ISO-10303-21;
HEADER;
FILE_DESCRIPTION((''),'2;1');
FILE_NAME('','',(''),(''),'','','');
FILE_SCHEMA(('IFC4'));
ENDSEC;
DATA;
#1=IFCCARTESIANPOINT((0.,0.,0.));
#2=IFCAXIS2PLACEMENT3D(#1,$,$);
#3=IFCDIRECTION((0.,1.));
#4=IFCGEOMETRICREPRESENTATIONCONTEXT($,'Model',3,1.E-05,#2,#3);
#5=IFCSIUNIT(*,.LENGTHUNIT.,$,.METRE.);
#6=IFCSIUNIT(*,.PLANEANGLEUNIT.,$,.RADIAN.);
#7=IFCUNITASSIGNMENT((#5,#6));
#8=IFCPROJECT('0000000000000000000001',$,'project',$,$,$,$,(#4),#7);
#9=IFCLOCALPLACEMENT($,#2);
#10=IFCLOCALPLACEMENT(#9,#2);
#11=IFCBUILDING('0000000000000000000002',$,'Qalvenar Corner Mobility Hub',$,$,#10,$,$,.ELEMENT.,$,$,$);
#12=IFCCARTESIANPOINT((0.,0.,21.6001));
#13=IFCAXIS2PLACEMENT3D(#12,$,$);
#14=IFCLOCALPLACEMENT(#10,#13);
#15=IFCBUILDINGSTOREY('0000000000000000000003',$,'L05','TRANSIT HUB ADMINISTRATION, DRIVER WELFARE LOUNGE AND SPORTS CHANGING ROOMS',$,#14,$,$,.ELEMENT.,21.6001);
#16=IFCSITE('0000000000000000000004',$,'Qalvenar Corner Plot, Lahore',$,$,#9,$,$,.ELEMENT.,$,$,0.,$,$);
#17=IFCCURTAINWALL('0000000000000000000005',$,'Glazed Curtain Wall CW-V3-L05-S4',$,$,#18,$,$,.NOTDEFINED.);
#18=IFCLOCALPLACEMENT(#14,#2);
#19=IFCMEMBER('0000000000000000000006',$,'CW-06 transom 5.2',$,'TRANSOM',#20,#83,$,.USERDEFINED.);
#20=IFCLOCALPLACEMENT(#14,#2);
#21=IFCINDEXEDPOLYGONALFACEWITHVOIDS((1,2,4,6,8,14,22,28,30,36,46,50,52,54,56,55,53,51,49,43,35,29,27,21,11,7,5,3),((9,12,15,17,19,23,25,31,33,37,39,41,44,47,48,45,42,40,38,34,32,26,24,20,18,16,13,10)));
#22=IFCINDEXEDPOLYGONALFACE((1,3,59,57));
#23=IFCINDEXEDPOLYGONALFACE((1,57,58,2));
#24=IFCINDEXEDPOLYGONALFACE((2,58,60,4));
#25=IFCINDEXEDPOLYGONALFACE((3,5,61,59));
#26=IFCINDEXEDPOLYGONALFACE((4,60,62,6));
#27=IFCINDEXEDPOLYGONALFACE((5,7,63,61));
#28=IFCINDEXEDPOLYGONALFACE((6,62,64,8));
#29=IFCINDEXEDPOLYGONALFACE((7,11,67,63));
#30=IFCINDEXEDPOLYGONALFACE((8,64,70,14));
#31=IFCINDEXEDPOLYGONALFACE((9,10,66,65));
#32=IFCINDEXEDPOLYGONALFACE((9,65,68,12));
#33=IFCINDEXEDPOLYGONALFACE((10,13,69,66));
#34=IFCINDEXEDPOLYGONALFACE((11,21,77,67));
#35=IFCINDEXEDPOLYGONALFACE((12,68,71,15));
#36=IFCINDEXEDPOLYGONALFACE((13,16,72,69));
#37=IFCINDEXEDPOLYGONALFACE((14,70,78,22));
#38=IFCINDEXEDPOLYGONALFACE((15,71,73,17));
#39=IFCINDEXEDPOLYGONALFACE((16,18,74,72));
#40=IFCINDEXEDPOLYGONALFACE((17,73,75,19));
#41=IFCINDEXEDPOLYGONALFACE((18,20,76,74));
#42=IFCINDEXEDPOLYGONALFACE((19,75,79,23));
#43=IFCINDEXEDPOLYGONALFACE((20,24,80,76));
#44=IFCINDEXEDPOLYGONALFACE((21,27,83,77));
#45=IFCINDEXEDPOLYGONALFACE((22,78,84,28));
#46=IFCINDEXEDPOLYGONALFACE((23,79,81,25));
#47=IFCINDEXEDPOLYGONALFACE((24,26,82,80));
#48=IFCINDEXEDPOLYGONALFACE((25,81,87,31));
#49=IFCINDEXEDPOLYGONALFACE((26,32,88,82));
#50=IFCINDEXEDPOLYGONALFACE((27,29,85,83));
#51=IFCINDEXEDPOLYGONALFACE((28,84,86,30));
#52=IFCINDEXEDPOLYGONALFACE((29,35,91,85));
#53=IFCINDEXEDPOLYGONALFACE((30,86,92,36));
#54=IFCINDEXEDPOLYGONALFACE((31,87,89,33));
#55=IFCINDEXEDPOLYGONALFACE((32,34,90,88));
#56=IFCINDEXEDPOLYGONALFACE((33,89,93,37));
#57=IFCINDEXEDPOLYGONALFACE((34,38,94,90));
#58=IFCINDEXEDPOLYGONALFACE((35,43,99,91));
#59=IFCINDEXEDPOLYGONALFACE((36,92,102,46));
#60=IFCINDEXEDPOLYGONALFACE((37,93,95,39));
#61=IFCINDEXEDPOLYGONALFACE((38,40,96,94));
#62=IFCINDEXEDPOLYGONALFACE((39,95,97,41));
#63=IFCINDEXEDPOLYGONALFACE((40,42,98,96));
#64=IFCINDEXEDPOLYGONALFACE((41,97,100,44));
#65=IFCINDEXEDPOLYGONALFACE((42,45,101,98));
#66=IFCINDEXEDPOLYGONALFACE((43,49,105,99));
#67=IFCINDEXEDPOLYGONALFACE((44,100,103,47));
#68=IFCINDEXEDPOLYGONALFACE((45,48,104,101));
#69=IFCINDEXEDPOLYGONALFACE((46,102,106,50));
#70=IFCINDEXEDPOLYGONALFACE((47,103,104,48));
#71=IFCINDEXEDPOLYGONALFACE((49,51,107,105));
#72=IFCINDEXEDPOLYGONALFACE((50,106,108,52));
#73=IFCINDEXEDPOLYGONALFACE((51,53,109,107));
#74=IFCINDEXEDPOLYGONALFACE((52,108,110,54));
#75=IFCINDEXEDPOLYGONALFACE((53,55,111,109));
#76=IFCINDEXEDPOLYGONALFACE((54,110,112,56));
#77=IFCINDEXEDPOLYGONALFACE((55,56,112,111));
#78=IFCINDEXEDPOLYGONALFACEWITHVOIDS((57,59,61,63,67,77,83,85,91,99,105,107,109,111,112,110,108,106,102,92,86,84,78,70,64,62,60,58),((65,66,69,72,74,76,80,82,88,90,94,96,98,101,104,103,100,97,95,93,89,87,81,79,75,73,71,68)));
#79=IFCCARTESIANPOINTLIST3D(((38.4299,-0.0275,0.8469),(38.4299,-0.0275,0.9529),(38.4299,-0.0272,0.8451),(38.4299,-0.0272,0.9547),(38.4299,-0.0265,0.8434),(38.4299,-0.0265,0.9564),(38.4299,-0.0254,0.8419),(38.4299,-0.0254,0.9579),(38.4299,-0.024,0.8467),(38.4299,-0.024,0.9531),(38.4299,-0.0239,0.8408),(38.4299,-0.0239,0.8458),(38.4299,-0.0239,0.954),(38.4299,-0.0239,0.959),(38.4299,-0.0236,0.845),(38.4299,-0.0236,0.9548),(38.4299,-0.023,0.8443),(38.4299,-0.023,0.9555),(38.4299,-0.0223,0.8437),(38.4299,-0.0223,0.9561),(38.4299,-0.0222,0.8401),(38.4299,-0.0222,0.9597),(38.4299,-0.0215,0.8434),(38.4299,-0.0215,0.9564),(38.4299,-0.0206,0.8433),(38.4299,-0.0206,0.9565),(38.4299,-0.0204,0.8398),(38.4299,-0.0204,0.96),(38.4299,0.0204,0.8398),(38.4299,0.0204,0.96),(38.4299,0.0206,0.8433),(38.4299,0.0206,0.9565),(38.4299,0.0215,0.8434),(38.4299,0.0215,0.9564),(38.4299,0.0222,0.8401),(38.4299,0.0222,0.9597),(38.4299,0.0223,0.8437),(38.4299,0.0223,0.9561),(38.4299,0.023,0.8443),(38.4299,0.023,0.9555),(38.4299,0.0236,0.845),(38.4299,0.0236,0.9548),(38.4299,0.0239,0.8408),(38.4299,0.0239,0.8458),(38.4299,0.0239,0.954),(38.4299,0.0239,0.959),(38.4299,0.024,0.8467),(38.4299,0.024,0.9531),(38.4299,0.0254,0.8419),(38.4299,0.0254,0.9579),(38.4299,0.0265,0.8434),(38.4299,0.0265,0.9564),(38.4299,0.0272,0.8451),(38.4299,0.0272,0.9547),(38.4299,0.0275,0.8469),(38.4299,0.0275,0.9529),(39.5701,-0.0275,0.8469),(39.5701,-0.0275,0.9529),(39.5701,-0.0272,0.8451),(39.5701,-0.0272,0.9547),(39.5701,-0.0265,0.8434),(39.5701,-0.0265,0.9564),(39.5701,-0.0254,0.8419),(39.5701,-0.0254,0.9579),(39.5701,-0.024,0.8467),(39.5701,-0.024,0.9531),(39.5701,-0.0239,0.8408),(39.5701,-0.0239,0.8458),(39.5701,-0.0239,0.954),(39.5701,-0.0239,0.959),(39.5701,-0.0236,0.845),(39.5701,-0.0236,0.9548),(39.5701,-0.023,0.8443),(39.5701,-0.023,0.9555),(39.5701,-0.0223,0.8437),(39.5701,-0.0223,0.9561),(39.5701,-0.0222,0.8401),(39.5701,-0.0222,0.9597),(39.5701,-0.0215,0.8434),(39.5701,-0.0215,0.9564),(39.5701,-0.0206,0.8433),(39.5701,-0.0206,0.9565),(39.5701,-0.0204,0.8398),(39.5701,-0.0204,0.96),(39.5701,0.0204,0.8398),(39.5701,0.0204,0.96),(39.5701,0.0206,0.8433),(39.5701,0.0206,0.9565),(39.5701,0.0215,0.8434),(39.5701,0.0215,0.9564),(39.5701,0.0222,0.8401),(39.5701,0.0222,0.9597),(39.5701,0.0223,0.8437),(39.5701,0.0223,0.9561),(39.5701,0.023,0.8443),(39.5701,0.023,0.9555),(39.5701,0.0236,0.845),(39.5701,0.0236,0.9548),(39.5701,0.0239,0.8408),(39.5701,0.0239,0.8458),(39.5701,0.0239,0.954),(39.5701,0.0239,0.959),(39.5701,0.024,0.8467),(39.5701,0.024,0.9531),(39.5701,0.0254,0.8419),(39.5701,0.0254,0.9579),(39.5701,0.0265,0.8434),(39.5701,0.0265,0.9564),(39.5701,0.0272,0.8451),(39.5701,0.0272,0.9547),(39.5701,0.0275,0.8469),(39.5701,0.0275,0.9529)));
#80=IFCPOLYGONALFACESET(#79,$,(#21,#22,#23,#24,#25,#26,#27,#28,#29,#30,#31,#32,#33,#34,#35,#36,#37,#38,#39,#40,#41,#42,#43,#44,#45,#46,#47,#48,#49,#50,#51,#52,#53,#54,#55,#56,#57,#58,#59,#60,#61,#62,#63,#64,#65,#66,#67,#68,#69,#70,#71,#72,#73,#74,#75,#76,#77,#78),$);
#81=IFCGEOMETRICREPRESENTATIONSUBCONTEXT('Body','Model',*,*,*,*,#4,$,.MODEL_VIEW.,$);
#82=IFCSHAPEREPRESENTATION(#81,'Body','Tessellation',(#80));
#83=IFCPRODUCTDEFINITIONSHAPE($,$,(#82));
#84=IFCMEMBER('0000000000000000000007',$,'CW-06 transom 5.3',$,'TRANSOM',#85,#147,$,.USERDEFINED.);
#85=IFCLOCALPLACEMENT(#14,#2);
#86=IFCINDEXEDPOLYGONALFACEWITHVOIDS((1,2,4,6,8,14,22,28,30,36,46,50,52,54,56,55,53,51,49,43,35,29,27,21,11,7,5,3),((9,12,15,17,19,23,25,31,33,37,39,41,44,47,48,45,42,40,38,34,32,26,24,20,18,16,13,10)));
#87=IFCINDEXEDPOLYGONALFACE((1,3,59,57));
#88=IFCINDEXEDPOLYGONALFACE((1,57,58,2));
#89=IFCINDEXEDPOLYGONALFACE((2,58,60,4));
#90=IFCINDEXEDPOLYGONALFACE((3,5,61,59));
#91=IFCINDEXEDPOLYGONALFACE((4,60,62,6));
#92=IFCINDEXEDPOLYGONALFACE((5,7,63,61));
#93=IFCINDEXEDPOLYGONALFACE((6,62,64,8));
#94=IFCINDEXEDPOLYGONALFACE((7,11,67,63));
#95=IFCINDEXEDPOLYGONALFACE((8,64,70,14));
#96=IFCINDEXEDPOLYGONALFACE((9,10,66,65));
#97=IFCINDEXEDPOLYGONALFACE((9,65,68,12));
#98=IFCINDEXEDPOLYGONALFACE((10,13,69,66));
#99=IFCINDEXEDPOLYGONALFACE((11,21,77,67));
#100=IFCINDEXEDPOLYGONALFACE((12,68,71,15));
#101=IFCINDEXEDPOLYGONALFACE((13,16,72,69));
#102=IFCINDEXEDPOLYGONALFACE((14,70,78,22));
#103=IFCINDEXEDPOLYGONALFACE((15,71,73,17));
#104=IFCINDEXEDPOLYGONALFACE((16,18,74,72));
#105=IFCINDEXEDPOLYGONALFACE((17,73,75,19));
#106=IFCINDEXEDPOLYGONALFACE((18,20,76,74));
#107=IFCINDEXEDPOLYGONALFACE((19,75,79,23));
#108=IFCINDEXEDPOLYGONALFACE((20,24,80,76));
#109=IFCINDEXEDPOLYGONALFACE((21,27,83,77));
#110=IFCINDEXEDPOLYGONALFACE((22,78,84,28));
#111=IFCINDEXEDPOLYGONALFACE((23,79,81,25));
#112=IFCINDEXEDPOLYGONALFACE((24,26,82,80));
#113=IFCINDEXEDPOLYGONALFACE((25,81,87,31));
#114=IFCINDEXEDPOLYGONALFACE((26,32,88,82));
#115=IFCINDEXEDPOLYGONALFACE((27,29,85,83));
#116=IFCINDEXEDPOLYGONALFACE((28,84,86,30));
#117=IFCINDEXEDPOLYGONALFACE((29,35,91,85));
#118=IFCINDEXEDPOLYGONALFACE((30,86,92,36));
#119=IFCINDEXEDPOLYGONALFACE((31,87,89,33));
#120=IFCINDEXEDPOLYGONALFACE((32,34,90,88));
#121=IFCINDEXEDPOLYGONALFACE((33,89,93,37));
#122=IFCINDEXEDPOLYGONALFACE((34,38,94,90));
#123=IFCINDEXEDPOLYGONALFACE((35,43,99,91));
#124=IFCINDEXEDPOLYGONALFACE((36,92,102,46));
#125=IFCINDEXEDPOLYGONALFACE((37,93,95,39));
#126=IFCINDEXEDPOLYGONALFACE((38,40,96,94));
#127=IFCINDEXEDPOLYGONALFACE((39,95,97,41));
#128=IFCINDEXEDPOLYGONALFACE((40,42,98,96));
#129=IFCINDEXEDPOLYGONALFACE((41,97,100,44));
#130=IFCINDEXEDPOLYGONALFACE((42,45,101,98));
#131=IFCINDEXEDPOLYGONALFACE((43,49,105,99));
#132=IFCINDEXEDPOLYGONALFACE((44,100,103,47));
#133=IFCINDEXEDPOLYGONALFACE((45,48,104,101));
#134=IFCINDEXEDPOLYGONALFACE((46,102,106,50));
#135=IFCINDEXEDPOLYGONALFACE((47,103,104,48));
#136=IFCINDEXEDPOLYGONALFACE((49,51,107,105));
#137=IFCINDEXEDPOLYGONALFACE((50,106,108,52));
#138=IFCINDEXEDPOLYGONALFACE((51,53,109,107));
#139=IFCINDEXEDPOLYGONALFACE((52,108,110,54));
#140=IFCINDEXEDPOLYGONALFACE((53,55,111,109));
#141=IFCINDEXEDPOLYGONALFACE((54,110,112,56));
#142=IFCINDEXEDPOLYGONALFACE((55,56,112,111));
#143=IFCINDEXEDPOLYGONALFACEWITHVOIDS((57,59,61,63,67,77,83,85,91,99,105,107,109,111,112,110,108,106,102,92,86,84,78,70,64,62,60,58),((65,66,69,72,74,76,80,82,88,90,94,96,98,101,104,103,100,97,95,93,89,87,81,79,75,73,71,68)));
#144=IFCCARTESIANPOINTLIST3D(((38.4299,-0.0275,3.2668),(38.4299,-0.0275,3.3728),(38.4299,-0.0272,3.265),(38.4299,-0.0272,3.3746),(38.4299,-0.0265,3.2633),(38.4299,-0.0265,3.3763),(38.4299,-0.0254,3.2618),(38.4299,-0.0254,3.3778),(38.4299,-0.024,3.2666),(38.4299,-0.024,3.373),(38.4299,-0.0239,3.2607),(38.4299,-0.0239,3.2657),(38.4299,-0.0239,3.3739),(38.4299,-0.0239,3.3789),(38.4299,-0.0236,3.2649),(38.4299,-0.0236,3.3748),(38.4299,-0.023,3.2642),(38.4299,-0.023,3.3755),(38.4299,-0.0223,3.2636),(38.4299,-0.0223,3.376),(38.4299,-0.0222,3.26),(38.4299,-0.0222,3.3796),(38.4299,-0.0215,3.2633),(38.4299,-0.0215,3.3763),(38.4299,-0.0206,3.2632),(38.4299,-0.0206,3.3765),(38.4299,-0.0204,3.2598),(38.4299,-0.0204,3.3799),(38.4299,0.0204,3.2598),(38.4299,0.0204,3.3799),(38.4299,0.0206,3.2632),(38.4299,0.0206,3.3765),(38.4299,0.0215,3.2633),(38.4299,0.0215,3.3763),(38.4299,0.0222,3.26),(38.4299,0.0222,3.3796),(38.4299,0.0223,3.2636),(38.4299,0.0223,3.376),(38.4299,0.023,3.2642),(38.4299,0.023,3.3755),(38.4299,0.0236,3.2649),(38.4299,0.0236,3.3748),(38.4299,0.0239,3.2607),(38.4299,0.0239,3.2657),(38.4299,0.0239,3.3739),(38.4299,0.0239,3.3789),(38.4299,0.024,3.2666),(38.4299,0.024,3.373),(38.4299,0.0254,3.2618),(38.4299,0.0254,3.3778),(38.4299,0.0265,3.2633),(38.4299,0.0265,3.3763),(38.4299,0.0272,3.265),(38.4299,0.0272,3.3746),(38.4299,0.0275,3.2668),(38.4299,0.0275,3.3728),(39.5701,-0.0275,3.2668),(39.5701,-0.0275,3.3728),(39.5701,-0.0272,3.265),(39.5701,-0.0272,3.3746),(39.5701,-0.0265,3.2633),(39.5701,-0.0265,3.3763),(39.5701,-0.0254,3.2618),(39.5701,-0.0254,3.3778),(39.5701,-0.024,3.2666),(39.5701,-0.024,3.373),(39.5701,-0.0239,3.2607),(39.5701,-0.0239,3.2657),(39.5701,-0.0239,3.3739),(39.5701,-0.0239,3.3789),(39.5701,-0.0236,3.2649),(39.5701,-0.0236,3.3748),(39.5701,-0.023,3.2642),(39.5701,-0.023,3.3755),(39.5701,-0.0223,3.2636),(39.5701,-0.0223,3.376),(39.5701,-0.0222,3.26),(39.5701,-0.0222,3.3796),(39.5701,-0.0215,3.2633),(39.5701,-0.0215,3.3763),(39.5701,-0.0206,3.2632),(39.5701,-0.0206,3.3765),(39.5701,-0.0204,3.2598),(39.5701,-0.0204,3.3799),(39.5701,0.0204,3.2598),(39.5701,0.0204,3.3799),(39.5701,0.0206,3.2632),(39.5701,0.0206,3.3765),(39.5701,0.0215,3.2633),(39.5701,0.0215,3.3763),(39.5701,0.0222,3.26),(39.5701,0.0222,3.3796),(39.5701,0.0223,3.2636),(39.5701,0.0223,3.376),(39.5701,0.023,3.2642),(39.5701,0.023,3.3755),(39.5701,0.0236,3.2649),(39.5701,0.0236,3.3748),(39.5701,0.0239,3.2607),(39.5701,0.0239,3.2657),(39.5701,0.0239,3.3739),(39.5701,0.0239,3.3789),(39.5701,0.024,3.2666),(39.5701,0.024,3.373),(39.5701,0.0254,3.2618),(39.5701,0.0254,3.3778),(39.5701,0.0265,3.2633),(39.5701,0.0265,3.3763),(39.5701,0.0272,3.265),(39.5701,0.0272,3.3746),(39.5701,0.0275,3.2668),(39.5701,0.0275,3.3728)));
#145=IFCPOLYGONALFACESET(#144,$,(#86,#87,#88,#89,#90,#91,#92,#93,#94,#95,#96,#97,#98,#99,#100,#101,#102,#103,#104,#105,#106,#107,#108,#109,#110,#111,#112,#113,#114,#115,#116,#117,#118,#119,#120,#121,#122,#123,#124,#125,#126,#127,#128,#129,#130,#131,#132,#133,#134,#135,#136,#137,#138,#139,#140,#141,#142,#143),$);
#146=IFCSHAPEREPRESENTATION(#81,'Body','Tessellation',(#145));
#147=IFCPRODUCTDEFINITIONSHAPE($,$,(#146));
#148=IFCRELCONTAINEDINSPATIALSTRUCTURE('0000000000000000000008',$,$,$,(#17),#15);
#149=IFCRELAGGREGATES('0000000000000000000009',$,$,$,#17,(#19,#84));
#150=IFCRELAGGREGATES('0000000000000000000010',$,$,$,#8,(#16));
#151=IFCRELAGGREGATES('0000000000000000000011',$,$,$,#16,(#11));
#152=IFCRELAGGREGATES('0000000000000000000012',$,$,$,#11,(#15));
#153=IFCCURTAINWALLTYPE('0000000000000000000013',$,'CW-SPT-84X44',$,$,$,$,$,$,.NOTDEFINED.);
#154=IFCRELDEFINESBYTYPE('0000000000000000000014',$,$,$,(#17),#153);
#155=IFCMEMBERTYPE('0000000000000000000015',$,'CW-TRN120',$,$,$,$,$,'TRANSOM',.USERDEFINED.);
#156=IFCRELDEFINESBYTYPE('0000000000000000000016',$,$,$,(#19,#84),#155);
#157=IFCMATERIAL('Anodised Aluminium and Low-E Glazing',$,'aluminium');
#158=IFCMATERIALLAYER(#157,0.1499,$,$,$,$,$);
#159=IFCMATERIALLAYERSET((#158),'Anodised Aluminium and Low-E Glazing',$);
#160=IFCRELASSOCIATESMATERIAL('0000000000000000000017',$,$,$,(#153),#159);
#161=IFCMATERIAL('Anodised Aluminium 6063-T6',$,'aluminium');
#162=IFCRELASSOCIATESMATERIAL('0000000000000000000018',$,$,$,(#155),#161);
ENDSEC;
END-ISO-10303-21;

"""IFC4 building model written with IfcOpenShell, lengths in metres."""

from ifc_helpers import new_model, si_unit, direction, frame, origin, origin_2d, place, context, subcontext, project, spatial, hollow_rectangle, extrude, material, layer, layer_set, material_profile, profile_set, type_object, element, aggregate, save


model = new_model("IFC4")

# Units and contexts
model_context = context("Model", 3, precision=1e-05, world=origin(), true_north=direction((0.0, 1.0)))
body_context = subcontext(model_context, "Body", "Model", "MODEL_VIEW")
ifc_project = project(units=[si_unit("LENGTHUNIT", "METRE"), si_unit("PLANEANGLEUNIT", "RADIAN")], contexts=[model_context])

# Site, building, storey
site_placement = place(None, origin())
site = spatial("IfcSite", under=ifc_project, at=site_placement, Name="Qalvenar Corner Plot, Lahore", CompositionType="ELEMENT", RefElevation=0.0)
building_placement = place(site_placement, origin())
building = spatial("IfcBuilding", under=site, at=building_placement, Name="Qalvenar Corner Mobility Hub", CompositionType="ELEMENT")
storey_placement = place(building_placement, frame((0.0, 0.0, 21.6001)))
storey = spatial("IfcBuildingStorey", under=building, at=storey_placement, Name="L05", Description="TRANSIT HUB ADMINISTRATION, DRIVER WELFARE LOUNGE AND SPORTS CHANGING ROOMS", CompositionType="ELEMENT", Elevation=21.6001)

# Curtain wall, members
ifc_material_1 = material(Name="Anodised Aluminium and Low-E Glazing", Category="aluminium")
ifc_layer_1 = layer(ifc_material_1, 0.1499)
ifc_layer_set_1 = layer_set([ifc_layer_1], Name="Anodised Aluminium and Low-E Glazing")
curtain_wall_type = type_object("IfcCurtainWallType", Name="CW-SPT-84X44", PredefinedType="NOTDEFINED", material=ifc_layer_set_1)
curtain_wall_placement = place(storey_placement, origin())
curtain_wall = element("IfcCurtainWall", 1, at=curtain_wall_placement, inside=storey, type_object=curtain_wall_type, Name="Glazed Curtain Wall CW-V3-L05-S4", PredefinedType="NOTDEFINED")
ifc_material_2 = material(Name="Anodised Aluminium 6063-T6", Category="aluminium")
ifc_material_profile_1 = material_profile(ifc_material_2, hollow_rectangle(XDim=0.0549, YDim=0.1201, WallThickness=0.0034, InnerFilletRadius=0.0034, OuterFilletRadius=0.0071, at=origin_2d()), Name="RHS120x55x3.5")
ifc_profile_set_1 = profile_set([ifc_material_profile_1], Name="Anodised Aluminium 6063-T6")
member_type_1 = type_object("IfcMemberType", Name="CW-TRN120", ElementType="TRANSOM", PredefinedType="USERDEFINED", material=ifc_profile_set_1)
member_1_placement = place(storey_placement, frame((38.4299, 0.0, 0.8999), z_axis=(1.0, 0.0, 0.0), x_axis=(0.0, 1.0, 0.0)))
member_1 = element("IfcMember", 2, at=member_1_placement, type_object=member_type_1, Name="CW-06 transom 5.2", ObjectType="TRANSOM", PredefinedType="USERDEFINED", context=body_context, shape_type="SweptSolid", body=[
    extrude(hollow_rectangle(XDim=0.0549, YDim=0.1201, WallThickness=0.0034, InnerFilletRadius=0.0034, OuterFilletRadius=0.0071, at=origin_2d()), origin(), (0.0, 0.0, 1.0), 1.1401),
])
member_2_placement = place(storey_placement, frame((38.4299, 0.0, 3.3198), z_axis=(1.0, 0.0, 0.0), x_axis=(0.0, 1.0, 0.0)))
member_2 = element("IfcMember", 3, at=member_2_placement, type_object=member_type_1, Name="CW-06 transom 5.3", ObjectType="TRANSOM", PredefinedType="USERDEFINED", context=body_context, shape_type="SweptSolid", body=[
    extrude(hollow_rectangle(XDim=0.0549, YDim=0.1201, WallThickness=0.0034, InnerFilletRadius=0.0034, OuterFilletRadius=0.0071, at=origin_2d()), origin(), (0.0, 0.0, 1.0), 1.1401),
])
aggregate(curtain_wall, [member_1, member_2])

save(model, "model.ifc")
